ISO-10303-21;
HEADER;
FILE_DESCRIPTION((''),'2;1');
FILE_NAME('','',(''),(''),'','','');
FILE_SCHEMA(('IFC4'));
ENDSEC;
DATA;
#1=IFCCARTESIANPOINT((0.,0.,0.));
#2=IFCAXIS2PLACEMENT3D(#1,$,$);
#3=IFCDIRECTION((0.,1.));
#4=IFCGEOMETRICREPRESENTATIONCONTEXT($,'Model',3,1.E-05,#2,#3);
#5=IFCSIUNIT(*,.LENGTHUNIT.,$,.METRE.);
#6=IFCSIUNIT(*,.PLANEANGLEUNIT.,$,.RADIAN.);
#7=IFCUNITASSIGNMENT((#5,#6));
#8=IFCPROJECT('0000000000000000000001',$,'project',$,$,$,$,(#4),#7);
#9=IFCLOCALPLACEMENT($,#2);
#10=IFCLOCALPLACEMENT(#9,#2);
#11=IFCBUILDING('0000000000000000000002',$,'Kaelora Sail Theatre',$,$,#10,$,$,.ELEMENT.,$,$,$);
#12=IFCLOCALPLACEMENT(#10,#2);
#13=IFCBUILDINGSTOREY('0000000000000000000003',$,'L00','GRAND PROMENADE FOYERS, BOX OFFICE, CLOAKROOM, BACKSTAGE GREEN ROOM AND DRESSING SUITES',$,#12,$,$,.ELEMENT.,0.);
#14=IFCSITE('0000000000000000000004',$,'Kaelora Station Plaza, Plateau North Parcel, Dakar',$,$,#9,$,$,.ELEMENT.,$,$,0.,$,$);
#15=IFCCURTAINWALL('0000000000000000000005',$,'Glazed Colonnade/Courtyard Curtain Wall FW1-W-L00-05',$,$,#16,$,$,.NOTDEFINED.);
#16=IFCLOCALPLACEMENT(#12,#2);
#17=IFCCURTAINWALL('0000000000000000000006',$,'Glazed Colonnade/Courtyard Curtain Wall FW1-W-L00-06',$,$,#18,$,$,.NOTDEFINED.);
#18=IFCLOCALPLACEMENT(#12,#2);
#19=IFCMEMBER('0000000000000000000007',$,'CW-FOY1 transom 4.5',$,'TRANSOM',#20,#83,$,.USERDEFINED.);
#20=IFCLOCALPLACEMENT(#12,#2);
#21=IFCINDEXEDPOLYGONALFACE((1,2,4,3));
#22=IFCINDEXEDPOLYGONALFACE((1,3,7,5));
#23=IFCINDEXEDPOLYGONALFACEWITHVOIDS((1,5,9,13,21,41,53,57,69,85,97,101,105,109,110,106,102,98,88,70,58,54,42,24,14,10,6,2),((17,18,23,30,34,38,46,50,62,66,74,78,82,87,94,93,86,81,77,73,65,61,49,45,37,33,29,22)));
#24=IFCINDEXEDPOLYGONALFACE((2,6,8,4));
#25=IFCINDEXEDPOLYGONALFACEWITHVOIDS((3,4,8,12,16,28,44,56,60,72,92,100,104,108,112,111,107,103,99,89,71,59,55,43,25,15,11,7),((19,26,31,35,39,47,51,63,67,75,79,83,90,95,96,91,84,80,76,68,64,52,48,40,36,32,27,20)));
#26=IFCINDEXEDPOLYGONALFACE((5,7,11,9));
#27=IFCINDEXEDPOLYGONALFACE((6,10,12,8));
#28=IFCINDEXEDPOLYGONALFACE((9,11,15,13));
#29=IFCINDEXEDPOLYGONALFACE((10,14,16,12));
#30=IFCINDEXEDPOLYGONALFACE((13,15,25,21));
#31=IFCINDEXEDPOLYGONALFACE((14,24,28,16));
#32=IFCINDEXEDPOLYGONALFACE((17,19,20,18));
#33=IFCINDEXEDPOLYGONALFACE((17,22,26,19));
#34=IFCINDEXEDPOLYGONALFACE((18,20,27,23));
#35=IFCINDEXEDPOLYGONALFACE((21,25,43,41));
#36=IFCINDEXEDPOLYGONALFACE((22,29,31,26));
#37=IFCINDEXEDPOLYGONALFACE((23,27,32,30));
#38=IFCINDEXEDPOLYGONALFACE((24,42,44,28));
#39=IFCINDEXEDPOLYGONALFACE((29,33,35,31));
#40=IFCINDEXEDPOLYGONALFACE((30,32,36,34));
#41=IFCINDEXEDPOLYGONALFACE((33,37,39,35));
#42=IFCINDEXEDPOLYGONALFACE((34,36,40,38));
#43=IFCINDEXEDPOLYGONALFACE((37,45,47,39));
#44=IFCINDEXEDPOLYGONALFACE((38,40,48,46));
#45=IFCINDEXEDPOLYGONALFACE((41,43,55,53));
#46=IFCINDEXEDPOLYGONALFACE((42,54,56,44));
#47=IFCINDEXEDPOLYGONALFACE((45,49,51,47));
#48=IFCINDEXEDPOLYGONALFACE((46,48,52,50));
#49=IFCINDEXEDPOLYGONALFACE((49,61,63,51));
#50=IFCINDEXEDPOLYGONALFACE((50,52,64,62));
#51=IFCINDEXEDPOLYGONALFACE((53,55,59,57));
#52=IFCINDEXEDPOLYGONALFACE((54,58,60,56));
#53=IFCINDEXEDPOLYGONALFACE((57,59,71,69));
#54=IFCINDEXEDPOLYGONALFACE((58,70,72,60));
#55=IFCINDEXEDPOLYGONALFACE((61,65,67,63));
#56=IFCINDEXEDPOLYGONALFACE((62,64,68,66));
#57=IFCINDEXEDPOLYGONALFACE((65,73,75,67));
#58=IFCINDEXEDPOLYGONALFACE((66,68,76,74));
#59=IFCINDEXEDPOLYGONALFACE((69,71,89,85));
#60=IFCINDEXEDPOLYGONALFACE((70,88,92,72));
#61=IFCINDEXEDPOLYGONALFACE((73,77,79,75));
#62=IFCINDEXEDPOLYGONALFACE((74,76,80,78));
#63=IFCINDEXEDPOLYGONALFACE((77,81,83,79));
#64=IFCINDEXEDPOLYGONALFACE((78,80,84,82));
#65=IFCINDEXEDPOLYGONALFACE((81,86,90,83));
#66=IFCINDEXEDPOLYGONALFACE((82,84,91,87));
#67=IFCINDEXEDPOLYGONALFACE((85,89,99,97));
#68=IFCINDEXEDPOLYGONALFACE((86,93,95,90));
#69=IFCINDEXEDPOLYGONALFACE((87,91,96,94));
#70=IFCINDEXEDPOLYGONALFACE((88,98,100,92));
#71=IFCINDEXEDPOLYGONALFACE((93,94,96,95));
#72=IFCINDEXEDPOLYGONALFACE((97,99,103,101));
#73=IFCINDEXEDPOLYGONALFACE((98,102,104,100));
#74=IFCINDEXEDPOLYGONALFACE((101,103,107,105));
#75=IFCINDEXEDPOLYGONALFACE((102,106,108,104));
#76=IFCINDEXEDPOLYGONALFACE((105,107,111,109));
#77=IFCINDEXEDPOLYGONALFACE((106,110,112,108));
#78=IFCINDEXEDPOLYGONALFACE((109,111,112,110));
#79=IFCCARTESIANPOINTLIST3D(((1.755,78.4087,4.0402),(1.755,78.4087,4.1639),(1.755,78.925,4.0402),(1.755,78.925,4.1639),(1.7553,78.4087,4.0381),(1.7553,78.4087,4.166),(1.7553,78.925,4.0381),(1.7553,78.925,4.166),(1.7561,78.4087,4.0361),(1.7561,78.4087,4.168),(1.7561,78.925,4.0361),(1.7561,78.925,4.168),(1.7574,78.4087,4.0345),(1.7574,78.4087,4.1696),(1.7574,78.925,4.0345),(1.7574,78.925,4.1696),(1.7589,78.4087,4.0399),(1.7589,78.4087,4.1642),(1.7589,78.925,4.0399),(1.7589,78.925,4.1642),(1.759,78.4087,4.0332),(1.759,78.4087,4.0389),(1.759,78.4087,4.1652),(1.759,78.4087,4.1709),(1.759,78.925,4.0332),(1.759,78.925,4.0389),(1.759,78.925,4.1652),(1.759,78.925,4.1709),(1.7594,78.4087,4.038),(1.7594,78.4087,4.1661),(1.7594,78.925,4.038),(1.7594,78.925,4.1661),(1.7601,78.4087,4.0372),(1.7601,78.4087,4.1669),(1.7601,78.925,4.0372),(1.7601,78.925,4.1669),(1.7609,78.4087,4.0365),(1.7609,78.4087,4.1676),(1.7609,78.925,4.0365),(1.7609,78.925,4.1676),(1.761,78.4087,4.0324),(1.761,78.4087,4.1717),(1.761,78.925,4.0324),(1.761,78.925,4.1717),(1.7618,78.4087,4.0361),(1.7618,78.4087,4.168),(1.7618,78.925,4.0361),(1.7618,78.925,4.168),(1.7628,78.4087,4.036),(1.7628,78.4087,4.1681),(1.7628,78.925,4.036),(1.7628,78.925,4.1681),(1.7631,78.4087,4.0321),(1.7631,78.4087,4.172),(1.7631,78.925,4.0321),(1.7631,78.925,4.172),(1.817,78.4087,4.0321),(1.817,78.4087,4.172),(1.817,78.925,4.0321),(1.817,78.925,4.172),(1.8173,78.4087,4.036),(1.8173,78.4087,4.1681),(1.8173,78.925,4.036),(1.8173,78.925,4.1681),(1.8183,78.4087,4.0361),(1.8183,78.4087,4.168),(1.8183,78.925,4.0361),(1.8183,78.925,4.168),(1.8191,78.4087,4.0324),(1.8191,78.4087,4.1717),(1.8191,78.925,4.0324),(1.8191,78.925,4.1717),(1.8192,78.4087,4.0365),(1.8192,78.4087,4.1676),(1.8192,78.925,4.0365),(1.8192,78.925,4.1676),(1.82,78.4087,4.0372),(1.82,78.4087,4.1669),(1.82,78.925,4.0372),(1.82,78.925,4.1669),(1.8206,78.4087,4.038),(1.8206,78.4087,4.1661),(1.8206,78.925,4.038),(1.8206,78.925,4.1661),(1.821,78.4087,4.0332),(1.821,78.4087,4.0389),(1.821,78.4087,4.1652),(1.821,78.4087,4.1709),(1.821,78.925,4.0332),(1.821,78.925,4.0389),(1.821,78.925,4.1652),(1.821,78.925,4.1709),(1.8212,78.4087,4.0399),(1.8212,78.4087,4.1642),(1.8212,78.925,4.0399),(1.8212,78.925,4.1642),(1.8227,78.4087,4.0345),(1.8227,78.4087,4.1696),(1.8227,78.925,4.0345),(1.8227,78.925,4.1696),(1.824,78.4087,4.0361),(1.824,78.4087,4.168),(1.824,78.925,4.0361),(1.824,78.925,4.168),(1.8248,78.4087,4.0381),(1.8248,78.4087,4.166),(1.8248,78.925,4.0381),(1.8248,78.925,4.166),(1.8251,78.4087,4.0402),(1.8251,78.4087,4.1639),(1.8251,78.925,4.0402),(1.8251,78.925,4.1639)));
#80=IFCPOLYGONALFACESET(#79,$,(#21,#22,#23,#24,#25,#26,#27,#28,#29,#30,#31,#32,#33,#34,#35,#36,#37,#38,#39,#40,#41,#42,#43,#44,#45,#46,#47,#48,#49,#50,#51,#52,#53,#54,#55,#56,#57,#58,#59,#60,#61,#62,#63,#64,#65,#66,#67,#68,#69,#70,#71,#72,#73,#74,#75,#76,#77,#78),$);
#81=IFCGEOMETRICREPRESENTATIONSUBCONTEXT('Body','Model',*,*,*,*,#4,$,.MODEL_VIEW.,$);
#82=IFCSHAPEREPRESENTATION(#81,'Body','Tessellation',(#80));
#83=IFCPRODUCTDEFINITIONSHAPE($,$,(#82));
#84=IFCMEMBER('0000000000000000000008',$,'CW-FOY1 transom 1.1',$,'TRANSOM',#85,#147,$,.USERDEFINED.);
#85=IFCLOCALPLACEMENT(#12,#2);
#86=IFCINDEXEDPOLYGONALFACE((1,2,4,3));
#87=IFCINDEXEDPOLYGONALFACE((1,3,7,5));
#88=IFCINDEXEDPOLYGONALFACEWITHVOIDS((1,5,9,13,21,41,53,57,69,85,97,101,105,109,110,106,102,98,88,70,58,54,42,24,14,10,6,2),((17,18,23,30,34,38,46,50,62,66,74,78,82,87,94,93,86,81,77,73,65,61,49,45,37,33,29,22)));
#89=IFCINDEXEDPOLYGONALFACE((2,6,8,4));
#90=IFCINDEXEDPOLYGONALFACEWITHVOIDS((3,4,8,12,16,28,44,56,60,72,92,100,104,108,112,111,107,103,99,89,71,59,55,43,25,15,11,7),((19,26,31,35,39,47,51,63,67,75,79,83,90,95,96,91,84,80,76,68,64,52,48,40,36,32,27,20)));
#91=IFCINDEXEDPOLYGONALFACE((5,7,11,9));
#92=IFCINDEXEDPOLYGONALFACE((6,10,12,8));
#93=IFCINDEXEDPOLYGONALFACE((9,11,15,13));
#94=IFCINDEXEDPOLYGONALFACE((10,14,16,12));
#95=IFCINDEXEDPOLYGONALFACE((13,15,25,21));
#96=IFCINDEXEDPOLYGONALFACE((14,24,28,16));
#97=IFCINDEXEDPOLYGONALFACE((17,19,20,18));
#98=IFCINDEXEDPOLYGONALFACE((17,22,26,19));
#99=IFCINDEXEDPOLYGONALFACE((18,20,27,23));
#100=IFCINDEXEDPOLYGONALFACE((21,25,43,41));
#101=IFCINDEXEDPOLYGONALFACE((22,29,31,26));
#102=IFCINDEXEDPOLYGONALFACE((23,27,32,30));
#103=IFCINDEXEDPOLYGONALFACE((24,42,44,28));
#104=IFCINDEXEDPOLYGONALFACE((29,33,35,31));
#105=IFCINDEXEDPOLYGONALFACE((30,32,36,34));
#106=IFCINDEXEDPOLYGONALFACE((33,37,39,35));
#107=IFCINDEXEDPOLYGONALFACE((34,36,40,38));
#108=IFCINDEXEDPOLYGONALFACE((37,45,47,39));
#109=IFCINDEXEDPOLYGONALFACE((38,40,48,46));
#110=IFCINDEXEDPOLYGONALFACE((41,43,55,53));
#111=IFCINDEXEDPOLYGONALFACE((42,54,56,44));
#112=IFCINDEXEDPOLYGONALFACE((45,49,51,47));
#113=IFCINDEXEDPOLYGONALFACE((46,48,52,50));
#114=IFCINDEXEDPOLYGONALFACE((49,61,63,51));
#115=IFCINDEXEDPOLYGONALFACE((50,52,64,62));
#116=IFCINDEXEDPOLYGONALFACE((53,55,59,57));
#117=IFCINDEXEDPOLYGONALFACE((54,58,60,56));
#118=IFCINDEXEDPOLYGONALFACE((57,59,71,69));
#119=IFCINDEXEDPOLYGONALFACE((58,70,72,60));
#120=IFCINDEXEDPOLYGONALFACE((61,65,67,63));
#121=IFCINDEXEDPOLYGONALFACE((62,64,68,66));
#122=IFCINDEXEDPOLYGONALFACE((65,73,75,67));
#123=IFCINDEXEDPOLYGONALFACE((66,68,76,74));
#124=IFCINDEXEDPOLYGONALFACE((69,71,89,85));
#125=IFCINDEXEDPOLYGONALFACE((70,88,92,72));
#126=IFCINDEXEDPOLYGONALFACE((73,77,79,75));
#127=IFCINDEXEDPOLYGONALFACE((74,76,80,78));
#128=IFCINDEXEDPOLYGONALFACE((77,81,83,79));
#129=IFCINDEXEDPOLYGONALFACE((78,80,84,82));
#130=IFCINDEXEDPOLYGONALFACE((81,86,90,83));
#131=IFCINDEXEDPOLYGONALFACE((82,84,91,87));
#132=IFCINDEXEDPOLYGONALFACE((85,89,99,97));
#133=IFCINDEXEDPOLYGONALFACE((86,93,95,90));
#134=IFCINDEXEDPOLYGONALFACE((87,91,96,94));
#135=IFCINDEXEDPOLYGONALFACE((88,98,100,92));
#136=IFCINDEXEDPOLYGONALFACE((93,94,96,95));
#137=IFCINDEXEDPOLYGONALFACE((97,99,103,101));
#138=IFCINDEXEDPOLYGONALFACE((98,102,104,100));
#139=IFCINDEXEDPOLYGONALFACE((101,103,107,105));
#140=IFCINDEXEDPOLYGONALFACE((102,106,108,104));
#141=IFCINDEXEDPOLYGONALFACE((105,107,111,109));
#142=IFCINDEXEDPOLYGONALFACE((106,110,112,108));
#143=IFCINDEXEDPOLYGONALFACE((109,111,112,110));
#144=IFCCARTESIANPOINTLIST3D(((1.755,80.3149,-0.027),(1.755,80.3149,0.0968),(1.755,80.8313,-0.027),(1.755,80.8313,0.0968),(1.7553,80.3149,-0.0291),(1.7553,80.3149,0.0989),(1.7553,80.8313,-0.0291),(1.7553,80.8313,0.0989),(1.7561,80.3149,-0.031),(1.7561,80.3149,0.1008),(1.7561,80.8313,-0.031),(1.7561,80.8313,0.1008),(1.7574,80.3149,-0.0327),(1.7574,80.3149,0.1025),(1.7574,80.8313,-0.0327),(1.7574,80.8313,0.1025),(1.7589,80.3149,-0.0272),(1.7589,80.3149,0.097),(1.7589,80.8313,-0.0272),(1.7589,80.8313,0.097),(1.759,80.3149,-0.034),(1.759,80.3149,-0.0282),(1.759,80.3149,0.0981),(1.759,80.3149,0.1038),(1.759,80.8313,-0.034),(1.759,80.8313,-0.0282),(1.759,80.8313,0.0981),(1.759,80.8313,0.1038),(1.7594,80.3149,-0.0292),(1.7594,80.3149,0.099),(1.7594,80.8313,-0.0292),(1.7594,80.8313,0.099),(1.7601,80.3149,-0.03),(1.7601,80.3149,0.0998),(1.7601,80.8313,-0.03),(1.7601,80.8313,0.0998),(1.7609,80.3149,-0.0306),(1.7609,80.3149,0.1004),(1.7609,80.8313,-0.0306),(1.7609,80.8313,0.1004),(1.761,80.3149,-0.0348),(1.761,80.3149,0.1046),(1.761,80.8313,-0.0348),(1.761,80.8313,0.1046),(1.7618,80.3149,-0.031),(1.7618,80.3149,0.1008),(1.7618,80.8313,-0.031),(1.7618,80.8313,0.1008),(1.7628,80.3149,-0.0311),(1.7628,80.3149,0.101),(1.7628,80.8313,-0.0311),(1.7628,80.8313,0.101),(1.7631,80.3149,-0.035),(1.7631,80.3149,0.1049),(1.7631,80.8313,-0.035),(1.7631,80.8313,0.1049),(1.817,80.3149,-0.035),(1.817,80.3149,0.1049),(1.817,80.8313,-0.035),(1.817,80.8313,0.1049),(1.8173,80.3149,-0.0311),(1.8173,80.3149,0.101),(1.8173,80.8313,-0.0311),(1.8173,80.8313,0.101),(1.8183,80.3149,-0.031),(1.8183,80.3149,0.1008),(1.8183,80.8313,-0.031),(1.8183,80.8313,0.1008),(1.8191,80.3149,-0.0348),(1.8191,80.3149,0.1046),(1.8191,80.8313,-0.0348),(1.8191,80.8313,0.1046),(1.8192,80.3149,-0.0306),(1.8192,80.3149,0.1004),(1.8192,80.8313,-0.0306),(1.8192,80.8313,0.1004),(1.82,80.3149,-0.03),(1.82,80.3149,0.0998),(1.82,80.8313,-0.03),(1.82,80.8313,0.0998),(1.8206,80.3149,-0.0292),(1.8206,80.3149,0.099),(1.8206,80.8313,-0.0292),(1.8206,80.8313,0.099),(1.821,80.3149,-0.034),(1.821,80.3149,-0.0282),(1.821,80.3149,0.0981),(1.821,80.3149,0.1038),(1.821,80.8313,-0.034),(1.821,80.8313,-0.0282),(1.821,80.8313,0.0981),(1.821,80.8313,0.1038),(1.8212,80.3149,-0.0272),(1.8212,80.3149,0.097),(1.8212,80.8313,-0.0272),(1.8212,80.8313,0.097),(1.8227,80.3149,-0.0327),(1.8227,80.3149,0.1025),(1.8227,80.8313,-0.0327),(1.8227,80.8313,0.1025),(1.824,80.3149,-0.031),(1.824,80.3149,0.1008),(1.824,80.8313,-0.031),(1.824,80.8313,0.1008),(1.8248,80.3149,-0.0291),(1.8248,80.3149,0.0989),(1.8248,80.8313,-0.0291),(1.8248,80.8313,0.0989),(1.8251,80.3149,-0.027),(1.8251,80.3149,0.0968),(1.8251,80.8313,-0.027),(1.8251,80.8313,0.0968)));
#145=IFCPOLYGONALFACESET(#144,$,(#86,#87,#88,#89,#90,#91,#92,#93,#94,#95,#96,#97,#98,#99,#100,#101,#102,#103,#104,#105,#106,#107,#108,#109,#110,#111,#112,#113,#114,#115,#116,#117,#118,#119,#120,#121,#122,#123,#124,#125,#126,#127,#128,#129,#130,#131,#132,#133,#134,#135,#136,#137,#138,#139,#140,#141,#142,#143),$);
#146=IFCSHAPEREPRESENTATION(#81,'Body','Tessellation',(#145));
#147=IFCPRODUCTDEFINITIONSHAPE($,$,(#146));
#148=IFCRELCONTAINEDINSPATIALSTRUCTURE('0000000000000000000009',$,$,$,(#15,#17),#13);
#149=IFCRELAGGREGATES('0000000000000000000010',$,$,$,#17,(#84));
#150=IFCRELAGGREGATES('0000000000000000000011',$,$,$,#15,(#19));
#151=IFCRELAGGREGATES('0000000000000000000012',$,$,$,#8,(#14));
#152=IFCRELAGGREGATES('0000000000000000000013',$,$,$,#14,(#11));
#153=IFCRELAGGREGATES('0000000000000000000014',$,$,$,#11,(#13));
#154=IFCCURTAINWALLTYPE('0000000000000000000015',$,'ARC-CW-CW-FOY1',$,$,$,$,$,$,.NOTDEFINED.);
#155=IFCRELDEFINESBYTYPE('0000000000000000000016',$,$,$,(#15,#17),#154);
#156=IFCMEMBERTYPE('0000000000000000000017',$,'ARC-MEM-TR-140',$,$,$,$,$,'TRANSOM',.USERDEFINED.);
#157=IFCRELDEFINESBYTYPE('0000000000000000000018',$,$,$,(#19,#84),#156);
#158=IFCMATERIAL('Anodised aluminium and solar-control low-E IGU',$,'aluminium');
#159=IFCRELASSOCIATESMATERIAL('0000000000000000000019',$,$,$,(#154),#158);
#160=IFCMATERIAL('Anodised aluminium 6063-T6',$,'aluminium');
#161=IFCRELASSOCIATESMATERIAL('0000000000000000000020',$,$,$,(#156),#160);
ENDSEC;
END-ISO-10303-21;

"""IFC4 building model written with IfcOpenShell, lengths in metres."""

from ifc_helpers import new_model, si_unit, direction, frame, origin, origin_2d, place, context, subcontext, project, spatial, hollow_rectangle, extrude, material, material_profile, profile_set, type_object, element, aggregate, save


model = new_model("IFC4")

# Units and contexts
model_context = context("Model", 3, precision=1e-05, world=origin(), true_north=direction((0.0, 1.0)))
body_context = subcontext(model_context, "Body", "Model", "MODEL_VIEW")
ifc_project = project(units=[si_unit("LENGTHUNIT", "METRE"), si_unit("PLANEANGLEUNIT", "RADIAN")], contexts=[model_context])

# Site, building, storey
site_placement = place(None, origin())
site = spatial("IfcSite", under=ifc_project, at=site_placement, Name="Kaelora Station Plaza, Plateau North Parcel, Dakar", CompositionType="ELEMENT", RefElevation=0.0)
building_placement = place(site_placement, origin())
building = spatial("IfcBuilding", under=site, at=building_placement, Name="Kaelora Sail Theatre", CompositionType="ELEMENT")
storey_placement = place(building_placement, origin())
storey = spatial("IfcBuildingStorey", under=building, at=storey_placement, Name="L00", Description="GRAND PROMENADE FOYERS, BOX OFFICE, CLOAKROOM, BACKSTAGE GREEN ROOM AND DRESSING SUITES", CompositionType="ELEMENT", Elevation=0.0)

# Curtain wall
ifc_material_1 = material(Name="Anodised aluminium and solar-control low-E IGU", Category="aluminium")
curtain_wall_type = type_object("IfcCurtainWallType", Name="ARC-CW-CW-FOY1", PredefinedType="NOTDEFINED", material=ifc_material_1)
curtain_wall_1_placement = place(storey_placement, origin())
curtain_wall_1 = element("IfcCurtainWall", 1, at=curtain_wall_1_placement, inside=storey, type_object=curtain_wall_type, Name="Glazed Colonnade/Courtyard Curtain Wall FW1-W-L00-05", PredefinedType="NOTDEFINED")

# Curtain wall
curtain_wall_2_placement = place(storey_placement, origin())
curtain_wall_2 = element("IfcCurtainWall", 2, at=curtain_wall_2_placement, inside=storey, type_object=curtain_wall_type, Name="Glazed Colonnade/Courtyard Curtain Wall FW1-W-L00-06", PredefinedType="NOTDEFINED")

# Members
ifc_material_2 = material(Name="Anodised aluminium 6063-T6", Category="aluminium")
ifc_material_profile_1 = material_profile(ifc_material_2, hollow_rectangle(XDim=0.0701, YDim=0.1399, WallThickness=0.0039, InnerFilletRadius=0.0039, OuterFilletRadius=0.0081, at=origin_2d()), Name="ALU-TRAN 70x140x4")
ifc_profile_set_1 = profile_set([ifc_material_profile_1], Name="Anodised aluminium 6063-T6")
member_type_1 = type_object("IfcMemberType", Name="ARC-MEM-TR-140", ElementType="TRANSOM", PredefinedType="USERDEFINED", material=ifc_profile_set_1)
member_1_placement = place(storey_placement, frame((1.79, 78.4087, 4.1021), z_axis=(0.0, 1.0, 0.0), x_axis=(-1.0, 0.0, 0.0)))
member_1 = element("IfcMember", 3, at=member_1_placement, type_object=member_type_1, Name="CW-FOY1 transom 4.5", ObjectType="TRANSOM", PredefinedType="USERDEFINED", context=body_context, shape_type="SweptSolid", body=[
    extrude(hollow_rectangle(XDim=0.0701, YDim=0.1399, WallThickness=0.0039, InnerFilletRadius=0.0039, OuterFilletRadius=0.0081, at=origin_2d()), origin(), (0.0, 0.0, 1.0), 0.5164),
])
member_2_placement = place(storey_placement, frame((1.79, 80.3149, 0.0349), z_axis=(0.0, 1.0, 0.0), x_axis=(-1.0, 0.0, 0.0)))
member_2 = element("IfcMember", 4, at=member_2_placement, type_object=member_type_1, Name="CW-FOY1 transom 1.1", ObjectType="TRANSOM", PredefinedType="USERDEFINED", context=body_context, shape_type="SweptSolid", body=[
    extrude(hollow_rectangle(XDim=0.0701, YDim=0.1399, WallThickness=0.0039, InnerFilletRadius=0.0039, OuterFilletRadius=0.0081, at=origin_2d()), origin(), (0.0, 0.0, 1.0), 0.5164),
])
aggregate(curtain_wall_2, [member_2])

aggregate(curtain_wall_1, [member_1])

save(model, "model.ifc")
